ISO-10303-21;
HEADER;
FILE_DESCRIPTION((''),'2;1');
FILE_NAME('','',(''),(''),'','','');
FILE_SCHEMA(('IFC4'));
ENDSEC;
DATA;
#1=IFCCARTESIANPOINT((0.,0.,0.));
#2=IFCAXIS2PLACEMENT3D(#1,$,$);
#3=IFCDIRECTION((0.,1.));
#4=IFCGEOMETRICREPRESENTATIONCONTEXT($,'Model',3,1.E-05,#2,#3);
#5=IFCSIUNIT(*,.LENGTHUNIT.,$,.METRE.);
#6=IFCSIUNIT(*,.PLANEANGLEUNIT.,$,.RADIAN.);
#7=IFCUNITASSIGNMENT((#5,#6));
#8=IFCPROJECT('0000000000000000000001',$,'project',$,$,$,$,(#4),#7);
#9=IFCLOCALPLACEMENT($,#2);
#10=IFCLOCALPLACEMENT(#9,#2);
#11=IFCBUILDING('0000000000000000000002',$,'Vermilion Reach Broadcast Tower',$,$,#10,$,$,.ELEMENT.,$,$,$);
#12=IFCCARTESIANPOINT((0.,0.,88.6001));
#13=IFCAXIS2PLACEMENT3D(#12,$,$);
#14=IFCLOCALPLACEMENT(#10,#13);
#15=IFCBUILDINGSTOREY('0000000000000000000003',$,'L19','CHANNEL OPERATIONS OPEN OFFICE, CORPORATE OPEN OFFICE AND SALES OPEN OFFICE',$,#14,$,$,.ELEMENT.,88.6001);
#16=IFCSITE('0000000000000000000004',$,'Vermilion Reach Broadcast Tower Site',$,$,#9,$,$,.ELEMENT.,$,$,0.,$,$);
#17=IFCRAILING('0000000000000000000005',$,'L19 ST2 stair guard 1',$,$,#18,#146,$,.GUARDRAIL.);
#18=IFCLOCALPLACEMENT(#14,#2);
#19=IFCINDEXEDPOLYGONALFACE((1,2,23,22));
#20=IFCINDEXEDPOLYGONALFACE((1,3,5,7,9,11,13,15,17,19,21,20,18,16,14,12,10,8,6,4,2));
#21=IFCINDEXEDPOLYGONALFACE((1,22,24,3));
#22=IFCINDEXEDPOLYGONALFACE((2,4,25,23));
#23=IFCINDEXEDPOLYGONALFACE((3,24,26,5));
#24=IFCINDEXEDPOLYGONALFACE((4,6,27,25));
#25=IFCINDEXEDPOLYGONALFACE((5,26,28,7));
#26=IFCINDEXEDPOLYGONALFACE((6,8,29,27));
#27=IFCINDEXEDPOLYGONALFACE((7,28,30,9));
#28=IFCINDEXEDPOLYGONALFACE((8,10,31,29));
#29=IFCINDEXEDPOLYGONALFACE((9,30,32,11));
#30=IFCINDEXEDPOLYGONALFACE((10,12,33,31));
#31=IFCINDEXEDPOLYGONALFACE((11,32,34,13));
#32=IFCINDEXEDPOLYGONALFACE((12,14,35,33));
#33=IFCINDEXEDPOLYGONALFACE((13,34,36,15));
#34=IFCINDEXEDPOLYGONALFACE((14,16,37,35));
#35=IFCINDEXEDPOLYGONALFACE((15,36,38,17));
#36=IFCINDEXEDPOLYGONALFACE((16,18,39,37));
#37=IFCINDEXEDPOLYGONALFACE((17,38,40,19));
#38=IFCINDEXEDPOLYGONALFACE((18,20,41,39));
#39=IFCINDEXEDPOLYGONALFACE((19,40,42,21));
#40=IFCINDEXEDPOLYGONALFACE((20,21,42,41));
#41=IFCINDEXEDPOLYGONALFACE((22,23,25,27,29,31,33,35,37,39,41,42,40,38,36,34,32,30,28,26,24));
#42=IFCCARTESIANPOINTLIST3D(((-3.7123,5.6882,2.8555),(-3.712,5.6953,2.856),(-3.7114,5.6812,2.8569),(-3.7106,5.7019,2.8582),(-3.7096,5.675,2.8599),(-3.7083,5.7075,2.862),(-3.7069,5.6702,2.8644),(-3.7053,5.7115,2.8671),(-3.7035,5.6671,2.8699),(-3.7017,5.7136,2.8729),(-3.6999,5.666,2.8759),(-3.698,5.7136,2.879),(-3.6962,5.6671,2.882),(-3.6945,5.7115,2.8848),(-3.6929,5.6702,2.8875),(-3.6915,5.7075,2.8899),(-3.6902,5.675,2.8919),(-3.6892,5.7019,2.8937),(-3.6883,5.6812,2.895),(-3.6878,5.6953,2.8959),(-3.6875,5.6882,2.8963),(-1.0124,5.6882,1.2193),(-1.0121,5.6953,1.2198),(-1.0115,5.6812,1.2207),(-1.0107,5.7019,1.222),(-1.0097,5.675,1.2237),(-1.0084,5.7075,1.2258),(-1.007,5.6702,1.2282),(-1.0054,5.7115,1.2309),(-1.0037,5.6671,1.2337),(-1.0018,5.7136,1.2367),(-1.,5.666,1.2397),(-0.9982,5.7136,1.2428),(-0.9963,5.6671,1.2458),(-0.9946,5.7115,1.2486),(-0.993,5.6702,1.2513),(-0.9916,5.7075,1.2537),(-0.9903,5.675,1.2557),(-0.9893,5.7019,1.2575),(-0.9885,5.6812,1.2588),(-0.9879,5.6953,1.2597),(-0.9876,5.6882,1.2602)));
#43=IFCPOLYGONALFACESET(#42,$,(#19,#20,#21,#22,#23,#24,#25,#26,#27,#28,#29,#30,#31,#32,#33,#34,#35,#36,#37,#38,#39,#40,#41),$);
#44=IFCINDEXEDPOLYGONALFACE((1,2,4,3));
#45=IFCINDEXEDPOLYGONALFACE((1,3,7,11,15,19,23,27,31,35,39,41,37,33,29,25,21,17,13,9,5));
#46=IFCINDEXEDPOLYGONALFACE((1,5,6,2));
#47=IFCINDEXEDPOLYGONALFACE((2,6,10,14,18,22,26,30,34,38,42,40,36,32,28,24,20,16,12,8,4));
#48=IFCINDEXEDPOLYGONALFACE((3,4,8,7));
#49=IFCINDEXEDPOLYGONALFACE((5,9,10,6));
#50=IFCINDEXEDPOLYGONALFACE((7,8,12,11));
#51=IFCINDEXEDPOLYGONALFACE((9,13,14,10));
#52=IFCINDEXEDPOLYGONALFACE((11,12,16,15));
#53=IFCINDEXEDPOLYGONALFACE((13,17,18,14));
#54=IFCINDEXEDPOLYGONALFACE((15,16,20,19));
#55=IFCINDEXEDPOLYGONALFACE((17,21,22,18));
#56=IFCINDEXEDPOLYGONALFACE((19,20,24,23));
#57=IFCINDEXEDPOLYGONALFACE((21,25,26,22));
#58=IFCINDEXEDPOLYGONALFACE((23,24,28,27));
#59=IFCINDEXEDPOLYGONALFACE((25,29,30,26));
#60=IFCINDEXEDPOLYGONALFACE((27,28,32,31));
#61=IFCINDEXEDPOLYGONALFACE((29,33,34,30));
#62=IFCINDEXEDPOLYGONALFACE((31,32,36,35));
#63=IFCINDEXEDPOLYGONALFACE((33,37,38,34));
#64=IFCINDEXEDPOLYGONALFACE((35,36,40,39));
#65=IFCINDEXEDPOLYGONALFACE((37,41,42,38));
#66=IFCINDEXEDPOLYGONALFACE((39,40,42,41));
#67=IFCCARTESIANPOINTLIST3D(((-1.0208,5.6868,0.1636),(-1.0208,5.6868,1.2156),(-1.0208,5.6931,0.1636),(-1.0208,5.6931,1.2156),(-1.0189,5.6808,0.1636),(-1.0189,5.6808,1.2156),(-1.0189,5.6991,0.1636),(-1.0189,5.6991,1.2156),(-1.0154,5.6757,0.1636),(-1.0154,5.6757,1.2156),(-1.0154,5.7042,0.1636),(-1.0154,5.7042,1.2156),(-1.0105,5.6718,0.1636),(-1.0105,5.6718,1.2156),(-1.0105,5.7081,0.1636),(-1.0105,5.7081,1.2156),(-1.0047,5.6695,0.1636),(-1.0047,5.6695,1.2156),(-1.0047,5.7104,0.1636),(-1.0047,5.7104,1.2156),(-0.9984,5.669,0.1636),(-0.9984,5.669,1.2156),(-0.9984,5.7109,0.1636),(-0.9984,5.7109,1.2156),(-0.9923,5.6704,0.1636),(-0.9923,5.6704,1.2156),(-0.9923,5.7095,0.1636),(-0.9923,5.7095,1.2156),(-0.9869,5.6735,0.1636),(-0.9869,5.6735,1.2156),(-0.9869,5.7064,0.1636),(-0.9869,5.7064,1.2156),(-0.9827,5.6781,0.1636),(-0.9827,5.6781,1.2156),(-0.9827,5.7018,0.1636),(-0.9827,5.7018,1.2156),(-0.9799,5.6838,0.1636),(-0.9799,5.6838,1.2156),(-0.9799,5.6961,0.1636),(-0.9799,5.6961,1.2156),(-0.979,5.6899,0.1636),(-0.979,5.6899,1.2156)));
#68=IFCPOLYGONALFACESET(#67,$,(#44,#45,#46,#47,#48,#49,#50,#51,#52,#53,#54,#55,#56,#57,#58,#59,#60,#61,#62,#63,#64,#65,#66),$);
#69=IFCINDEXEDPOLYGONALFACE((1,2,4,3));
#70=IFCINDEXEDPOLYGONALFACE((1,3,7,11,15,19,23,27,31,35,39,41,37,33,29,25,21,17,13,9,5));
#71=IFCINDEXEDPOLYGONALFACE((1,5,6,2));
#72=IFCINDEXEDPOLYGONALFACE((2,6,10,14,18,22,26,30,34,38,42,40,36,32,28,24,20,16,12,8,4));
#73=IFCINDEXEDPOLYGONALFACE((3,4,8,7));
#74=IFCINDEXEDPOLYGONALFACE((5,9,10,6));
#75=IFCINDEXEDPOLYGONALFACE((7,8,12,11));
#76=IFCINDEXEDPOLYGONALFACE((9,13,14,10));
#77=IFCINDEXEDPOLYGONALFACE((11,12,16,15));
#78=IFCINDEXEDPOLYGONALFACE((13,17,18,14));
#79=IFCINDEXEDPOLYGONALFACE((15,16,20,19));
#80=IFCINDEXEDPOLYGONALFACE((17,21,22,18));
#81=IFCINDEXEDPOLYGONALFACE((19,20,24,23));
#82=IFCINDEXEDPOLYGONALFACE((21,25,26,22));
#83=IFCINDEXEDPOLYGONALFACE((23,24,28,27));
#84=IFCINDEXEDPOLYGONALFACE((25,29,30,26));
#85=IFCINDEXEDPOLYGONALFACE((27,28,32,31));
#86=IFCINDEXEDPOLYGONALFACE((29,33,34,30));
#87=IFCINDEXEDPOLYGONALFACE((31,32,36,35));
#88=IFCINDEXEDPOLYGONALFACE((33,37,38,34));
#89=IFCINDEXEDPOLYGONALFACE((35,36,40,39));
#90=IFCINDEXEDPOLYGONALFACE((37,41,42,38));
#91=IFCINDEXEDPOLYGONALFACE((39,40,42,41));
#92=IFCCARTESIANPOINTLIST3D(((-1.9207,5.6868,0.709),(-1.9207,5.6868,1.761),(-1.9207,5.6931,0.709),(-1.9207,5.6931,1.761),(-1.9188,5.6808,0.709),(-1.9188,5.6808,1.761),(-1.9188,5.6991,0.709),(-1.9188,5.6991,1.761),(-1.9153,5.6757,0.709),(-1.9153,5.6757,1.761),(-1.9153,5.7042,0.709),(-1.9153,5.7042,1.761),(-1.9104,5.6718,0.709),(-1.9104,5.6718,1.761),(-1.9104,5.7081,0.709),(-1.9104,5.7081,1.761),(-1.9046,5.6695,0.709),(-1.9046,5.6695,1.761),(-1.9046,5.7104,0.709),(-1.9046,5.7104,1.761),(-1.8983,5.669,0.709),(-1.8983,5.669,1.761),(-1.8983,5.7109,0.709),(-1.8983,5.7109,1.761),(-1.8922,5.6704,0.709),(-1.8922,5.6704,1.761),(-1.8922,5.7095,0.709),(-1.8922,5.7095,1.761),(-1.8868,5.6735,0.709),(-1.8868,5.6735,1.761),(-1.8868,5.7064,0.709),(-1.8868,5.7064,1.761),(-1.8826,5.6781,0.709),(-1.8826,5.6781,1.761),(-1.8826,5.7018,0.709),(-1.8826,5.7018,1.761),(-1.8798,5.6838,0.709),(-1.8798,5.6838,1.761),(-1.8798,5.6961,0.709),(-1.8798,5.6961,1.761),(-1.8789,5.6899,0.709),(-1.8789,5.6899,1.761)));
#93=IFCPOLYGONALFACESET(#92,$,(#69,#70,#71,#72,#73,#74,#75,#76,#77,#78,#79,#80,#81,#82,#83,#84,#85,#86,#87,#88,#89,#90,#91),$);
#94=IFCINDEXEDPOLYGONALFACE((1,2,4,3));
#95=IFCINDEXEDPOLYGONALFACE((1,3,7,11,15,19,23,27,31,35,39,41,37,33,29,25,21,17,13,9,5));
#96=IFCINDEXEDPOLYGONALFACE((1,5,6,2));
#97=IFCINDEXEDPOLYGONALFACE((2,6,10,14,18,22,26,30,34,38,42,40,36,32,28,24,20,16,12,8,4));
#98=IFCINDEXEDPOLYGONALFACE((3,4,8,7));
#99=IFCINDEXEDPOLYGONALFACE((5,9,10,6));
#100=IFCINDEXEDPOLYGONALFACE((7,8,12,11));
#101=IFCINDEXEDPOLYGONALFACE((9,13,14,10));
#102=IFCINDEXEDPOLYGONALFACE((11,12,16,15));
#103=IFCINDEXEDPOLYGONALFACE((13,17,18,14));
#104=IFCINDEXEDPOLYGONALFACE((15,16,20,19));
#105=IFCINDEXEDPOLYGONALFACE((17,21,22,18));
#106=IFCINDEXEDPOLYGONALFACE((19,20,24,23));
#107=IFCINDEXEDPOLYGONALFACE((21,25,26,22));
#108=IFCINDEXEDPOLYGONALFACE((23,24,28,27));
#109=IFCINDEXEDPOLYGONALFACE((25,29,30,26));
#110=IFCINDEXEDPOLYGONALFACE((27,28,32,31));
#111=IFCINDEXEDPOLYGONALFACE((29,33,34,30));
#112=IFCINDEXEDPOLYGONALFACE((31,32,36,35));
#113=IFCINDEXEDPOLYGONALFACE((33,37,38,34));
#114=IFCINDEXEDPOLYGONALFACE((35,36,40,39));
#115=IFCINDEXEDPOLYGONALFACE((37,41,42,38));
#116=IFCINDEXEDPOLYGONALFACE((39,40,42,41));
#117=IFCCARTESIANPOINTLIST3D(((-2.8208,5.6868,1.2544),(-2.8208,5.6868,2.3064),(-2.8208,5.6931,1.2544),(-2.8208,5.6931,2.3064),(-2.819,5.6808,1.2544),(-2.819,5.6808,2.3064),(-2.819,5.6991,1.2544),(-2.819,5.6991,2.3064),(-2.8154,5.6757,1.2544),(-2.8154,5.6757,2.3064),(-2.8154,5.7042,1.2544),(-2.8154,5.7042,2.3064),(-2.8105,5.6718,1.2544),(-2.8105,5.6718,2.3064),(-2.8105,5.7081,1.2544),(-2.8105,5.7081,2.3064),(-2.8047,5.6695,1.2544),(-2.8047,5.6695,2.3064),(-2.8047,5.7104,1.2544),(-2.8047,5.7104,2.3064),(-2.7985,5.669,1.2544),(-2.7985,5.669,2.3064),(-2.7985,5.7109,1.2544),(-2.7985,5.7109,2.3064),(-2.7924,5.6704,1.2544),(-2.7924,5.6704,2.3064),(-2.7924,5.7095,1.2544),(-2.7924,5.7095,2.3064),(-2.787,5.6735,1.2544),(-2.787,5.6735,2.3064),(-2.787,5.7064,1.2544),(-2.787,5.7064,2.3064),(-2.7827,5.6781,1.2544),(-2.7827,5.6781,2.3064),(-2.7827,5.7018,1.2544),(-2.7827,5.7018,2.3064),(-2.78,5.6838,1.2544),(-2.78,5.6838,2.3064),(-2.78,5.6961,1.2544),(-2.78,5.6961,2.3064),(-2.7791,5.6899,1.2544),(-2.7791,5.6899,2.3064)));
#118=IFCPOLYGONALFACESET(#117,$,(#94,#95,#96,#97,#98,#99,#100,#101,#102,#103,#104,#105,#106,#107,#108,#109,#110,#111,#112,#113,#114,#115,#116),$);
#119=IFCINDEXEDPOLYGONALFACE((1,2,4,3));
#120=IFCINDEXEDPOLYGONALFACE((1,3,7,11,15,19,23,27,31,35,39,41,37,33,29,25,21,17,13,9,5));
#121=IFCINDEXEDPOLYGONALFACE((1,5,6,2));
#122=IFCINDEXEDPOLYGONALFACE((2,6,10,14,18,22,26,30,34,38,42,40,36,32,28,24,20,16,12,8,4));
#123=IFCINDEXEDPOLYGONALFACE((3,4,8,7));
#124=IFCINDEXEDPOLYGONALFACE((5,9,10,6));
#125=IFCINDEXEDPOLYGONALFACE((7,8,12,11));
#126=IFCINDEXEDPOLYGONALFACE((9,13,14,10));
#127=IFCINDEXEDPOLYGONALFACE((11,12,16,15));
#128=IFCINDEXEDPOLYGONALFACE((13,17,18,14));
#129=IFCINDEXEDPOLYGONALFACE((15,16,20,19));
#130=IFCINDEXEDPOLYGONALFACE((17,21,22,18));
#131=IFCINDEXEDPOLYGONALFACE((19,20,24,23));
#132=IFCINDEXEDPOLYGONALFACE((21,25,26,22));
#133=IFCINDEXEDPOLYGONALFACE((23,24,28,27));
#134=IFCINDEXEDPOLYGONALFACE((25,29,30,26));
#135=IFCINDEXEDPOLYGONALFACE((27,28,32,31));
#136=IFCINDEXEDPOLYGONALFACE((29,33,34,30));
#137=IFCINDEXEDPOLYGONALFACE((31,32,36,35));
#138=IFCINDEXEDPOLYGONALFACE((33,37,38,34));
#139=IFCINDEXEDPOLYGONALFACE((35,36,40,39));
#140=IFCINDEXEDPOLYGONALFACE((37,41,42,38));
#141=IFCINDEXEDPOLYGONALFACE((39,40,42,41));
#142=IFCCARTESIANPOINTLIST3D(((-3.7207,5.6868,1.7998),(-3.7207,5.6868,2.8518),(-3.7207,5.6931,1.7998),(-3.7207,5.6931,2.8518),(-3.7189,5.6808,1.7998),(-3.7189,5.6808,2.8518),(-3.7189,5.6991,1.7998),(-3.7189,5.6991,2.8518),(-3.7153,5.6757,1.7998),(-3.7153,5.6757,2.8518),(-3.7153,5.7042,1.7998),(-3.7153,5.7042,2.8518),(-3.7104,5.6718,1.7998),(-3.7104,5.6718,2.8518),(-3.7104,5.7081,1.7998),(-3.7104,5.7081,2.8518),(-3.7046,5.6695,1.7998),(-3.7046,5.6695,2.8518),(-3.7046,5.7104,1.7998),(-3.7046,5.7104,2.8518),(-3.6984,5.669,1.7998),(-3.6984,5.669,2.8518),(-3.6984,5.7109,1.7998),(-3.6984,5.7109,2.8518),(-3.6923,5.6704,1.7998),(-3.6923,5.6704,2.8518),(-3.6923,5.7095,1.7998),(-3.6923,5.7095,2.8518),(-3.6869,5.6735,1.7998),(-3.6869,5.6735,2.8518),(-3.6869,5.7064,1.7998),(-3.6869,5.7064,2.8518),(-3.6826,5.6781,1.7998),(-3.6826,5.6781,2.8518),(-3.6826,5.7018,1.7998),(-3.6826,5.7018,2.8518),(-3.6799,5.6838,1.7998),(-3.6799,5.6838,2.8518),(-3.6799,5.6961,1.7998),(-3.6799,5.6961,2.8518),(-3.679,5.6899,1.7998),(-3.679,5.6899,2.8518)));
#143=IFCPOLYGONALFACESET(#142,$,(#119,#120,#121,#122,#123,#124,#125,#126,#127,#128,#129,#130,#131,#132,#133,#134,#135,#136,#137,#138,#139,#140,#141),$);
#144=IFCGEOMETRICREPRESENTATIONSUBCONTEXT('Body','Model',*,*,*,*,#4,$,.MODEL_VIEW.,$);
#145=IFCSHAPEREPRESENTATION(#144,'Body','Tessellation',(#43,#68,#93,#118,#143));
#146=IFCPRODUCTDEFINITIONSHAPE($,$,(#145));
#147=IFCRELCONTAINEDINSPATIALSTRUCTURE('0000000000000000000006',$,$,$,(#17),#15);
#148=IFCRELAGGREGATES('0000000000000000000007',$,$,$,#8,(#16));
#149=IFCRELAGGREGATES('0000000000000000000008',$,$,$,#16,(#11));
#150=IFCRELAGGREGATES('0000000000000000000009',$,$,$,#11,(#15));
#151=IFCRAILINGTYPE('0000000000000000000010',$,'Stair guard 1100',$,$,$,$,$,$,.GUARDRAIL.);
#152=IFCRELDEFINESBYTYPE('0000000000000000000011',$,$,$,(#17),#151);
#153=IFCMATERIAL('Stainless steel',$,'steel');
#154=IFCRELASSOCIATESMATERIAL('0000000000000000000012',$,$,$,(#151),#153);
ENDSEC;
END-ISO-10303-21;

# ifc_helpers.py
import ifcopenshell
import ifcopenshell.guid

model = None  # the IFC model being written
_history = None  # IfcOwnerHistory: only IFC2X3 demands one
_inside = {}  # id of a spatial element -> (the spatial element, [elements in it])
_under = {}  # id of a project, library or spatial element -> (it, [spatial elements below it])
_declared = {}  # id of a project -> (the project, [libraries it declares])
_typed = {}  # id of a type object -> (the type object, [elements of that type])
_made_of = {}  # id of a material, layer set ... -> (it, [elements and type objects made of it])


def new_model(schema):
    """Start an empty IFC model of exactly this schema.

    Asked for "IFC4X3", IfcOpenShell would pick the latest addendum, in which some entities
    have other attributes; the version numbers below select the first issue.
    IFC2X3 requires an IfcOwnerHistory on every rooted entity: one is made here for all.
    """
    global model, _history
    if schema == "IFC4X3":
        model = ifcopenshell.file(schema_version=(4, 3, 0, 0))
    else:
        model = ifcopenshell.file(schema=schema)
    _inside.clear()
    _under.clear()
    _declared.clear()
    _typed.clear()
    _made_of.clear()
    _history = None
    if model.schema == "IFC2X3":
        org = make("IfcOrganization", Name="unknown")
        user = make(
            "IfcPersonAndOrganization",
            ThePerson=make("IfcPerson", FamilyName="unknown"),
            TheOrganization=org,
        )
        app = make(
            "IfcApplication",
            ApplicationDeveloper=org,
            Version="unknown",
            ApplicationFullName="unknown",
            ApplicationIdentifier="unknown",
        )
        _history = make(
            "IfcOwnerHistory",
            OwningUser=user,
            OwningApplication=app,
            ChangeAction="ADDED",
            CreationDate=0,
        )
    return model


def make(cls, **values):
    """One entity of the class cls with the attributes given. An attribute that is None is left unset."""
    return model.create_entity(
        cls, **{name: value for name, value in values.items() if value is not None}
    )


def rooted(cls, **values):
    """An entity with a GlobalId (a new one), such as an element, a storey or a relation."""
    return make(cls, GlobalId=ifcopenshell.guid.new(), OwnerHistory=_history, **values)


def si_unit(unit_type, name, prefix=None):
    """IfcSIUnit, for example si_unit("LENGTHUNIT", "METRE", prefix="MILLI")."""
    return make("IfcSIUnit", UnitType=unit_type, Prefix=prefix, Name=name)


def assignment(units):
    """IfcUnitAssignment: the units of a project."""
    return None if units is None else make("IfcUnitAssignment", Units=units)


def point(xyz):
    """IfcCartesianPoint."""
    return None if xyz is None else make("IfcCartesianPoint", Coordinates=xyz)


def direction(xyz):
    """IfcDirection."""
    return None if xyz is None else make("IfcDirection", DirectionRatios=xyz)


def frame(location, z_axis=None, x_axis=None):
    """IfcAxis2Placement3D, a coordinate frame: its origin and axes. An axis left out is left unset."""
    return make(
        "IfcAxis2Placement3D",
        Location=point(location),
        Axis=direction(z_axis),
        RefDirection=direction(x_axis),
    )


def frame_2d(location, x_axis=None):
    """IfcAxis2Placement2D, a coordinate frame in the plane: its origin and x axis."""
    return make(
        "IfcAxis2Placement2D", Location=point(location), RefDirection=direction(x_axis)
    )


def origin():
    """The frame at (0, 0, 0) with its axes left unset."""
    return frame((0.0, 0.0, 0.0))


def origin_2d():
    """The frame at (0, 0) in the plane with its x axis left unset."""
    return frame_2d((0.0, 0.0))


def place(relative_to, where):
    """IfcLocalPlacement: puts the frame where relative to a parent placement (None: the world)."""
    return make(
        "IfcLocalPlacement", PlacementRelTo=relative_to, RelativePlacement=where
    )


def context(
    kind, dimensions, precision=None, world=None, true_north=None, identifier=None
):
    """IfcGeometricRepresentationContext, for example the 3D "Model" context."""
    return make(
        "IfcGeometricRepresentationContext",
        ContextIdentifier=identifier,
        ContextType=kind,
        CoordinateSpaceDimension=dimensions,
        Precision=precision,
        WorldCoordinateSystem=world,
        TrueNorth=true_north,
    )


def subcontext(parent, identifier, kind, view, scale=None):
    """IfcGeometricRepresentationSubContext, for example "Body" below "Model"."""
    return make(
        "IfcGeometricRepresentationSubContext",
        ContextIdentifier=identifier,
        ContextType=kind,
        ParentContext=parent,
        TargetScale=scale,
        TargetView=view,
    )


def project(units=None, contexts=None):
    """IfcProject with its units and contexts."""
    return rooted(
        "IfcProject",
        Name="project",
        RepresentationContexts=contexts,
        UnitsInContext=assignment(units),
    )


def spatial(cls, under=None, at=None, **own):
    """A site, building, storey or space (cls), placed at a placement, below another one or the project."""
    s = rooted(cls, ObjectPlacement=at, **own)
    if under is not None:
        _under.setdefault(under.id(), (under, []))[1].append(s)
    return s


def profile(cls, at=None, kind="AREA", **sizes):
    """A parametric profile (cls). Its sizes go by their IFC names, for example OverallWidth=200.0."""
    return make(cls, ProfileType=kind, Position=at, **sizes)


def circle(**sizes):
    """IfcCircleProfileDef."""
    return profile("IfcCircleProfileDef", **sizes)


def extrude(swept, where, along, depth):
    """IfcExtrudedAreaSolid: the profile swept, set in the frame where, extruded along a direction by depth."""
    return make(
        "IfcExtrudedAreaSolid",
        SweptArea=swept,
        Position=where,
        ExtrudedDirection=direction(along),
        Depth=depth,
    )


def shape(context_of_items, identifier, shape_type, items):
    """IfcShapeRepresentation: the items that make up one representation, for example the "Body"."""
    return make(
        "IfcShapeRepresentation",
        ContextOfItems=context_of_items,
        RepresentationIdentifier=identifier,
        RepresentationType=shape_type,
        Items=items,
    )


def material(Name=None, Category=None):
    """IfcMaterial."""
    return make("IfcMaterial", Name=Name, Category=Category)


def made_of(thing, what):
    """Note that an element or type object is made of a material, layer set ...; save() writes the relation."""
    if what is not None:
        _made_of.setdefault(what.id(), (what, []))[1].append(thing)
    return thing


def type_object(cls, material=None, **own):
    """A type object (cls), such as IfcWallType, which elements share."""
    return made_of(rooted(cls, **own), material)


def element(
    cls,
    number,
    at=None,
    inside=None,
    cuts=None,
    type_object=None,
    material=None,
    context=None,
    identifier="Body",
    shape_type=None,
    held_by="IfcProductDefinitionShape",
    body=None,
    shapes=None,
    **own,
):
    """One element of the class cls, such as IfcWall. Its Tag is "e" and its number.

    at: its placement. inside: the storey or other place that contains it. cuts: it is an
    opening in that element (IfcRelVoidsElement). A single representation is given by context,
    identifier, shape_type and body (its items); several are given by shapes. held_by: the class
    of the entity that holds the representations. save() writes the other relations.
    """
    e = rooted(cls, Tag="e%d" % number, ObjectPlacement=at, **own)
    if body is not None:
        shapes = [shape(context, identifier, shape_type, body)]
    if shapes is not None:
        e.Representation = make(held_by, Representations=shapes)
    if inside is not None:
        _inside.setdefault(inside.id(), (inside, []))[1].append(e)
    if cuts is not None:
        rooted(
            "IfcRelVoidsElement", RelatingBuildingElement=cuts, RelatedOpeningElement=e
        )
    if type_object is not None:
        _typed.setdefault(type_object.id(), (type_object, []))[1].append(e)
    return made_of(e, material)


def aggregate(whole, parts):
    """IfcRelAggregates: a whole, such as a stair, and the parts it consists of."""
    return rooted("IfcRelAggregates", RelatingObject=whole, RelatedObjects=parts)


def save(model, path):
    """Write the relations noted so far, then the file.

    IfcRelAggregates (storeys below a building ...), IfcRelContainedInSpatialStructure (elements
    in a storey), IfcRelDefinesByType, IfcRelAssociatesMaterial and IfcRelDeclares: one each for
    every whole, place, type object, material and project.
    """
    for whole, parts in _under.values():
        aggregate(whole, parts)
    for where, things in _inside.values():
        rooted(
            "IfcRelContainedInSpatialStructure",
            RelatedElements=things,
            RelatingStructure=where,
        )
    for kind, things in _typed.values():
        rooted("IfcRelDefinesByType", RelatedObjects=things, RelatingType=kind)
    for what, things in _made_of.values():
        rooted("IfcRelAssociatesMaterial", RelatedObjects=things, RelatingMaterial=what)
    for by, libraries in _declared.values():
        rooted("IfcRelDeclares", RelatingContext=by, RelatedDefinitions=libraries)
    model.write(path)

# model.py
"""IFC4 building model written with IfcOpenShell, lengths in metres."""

from ifc_helpers import new_model, si_unit, direction, frame, origin, origin_2d, place, context, subcontext, project, spatial, circle, extrude, material, type_object, element, save


model = new_model("IFC4")

# Units and contexts
model_context = context("Model", 3, precision=1e-05, world=origin(), true_north=direction((0.0, 1.0)))
body_context = subcontext(model_context, "Body", "Model", "MODEL_VIEW")
ifc_project = project(units=[si_unit("LENGTHUNIT", "METRE"), si_unit("PLANEANGLEUNIT", "RADIAN")], contexts=[model_context])

# Site, building, storey
site_placement = place(None, origin())
site = spatial("IfcSite", under=ifc_project, at=site_placement, Name="Vermilion Reach Broadcast Tower Site", CompositionType="ELEMENT", RefElevation=0.0)
building_placement = place(site_placement, origin())
building = spatial("IfcBuilding", under=site, at=building_placement, Name="Vermilion Reach Broadcast Tower", CompositionType="ELEMENT")
storey_placement = place(building_placement, frame((0.0, 0.0, 88.6001)))
storey = spatial("IfcBuildingStorey", under=building, at=storey_placement, Name="L19", Description="CHANNEL OPERATIONS OPEN OFFICE, CORPORATE OPEN OFFICE AND SALES OPEN OFFICE", CompositionType="ELEMENT", Elevation=88.6001)

# Railing
ifc_material_1 = material(Name="Stainless steel", Category="steel")
railing_type_1 = type_object("IfcRailingType", Name="Stair guard 1100", PredefinedType="GUARDRAIL", material=ifc_material_1)
railing_1_placement = place(storey_placement, frame((-1.0, 5.6899, 0.1636)))
element("IfcRailing", 1, at=railing_1_placement, inside=storey, type_object=railing_type_1, Name="L19 ST2 stair guard 1", PredefinedType="GUARDRAIL", context=body_context, shape_type="SweptSolid", body=[
    extrude(circle(Radius=0.0239, at=origin_2d()), frame((0.0, 0.0, 1.0762), z_axis=(-0.855212, 0.0, 0.518278), x_axis=(0.0, -1.0, 0.0)), (0.0, 0.0, 1.0), 3.157),
    extrude(circle(Radius=0.021, at=origin_2d()), origin(), (0.0, 0.0, 1.0), 1.052),
    extrude(circle(Radius=0.021, at=origin_2d()), frame((-0.8999, 0.0, 0.5454)), (0.0, 0.0, 1.0), 1.052),
    extrude(circle(Radius=0.021, at=origin_2d()), frame((-1.8, 0.0, 1.0908)), (0.0, 0.0, 1.0), 1.052),
    extrude(circle(Radius=0.021, at=origin_2d()), frame((-2.7, 0.0, 1.6362)), (0.0, 0.0, 1.0), 1.052),
])

save(model, "model.ifc")
